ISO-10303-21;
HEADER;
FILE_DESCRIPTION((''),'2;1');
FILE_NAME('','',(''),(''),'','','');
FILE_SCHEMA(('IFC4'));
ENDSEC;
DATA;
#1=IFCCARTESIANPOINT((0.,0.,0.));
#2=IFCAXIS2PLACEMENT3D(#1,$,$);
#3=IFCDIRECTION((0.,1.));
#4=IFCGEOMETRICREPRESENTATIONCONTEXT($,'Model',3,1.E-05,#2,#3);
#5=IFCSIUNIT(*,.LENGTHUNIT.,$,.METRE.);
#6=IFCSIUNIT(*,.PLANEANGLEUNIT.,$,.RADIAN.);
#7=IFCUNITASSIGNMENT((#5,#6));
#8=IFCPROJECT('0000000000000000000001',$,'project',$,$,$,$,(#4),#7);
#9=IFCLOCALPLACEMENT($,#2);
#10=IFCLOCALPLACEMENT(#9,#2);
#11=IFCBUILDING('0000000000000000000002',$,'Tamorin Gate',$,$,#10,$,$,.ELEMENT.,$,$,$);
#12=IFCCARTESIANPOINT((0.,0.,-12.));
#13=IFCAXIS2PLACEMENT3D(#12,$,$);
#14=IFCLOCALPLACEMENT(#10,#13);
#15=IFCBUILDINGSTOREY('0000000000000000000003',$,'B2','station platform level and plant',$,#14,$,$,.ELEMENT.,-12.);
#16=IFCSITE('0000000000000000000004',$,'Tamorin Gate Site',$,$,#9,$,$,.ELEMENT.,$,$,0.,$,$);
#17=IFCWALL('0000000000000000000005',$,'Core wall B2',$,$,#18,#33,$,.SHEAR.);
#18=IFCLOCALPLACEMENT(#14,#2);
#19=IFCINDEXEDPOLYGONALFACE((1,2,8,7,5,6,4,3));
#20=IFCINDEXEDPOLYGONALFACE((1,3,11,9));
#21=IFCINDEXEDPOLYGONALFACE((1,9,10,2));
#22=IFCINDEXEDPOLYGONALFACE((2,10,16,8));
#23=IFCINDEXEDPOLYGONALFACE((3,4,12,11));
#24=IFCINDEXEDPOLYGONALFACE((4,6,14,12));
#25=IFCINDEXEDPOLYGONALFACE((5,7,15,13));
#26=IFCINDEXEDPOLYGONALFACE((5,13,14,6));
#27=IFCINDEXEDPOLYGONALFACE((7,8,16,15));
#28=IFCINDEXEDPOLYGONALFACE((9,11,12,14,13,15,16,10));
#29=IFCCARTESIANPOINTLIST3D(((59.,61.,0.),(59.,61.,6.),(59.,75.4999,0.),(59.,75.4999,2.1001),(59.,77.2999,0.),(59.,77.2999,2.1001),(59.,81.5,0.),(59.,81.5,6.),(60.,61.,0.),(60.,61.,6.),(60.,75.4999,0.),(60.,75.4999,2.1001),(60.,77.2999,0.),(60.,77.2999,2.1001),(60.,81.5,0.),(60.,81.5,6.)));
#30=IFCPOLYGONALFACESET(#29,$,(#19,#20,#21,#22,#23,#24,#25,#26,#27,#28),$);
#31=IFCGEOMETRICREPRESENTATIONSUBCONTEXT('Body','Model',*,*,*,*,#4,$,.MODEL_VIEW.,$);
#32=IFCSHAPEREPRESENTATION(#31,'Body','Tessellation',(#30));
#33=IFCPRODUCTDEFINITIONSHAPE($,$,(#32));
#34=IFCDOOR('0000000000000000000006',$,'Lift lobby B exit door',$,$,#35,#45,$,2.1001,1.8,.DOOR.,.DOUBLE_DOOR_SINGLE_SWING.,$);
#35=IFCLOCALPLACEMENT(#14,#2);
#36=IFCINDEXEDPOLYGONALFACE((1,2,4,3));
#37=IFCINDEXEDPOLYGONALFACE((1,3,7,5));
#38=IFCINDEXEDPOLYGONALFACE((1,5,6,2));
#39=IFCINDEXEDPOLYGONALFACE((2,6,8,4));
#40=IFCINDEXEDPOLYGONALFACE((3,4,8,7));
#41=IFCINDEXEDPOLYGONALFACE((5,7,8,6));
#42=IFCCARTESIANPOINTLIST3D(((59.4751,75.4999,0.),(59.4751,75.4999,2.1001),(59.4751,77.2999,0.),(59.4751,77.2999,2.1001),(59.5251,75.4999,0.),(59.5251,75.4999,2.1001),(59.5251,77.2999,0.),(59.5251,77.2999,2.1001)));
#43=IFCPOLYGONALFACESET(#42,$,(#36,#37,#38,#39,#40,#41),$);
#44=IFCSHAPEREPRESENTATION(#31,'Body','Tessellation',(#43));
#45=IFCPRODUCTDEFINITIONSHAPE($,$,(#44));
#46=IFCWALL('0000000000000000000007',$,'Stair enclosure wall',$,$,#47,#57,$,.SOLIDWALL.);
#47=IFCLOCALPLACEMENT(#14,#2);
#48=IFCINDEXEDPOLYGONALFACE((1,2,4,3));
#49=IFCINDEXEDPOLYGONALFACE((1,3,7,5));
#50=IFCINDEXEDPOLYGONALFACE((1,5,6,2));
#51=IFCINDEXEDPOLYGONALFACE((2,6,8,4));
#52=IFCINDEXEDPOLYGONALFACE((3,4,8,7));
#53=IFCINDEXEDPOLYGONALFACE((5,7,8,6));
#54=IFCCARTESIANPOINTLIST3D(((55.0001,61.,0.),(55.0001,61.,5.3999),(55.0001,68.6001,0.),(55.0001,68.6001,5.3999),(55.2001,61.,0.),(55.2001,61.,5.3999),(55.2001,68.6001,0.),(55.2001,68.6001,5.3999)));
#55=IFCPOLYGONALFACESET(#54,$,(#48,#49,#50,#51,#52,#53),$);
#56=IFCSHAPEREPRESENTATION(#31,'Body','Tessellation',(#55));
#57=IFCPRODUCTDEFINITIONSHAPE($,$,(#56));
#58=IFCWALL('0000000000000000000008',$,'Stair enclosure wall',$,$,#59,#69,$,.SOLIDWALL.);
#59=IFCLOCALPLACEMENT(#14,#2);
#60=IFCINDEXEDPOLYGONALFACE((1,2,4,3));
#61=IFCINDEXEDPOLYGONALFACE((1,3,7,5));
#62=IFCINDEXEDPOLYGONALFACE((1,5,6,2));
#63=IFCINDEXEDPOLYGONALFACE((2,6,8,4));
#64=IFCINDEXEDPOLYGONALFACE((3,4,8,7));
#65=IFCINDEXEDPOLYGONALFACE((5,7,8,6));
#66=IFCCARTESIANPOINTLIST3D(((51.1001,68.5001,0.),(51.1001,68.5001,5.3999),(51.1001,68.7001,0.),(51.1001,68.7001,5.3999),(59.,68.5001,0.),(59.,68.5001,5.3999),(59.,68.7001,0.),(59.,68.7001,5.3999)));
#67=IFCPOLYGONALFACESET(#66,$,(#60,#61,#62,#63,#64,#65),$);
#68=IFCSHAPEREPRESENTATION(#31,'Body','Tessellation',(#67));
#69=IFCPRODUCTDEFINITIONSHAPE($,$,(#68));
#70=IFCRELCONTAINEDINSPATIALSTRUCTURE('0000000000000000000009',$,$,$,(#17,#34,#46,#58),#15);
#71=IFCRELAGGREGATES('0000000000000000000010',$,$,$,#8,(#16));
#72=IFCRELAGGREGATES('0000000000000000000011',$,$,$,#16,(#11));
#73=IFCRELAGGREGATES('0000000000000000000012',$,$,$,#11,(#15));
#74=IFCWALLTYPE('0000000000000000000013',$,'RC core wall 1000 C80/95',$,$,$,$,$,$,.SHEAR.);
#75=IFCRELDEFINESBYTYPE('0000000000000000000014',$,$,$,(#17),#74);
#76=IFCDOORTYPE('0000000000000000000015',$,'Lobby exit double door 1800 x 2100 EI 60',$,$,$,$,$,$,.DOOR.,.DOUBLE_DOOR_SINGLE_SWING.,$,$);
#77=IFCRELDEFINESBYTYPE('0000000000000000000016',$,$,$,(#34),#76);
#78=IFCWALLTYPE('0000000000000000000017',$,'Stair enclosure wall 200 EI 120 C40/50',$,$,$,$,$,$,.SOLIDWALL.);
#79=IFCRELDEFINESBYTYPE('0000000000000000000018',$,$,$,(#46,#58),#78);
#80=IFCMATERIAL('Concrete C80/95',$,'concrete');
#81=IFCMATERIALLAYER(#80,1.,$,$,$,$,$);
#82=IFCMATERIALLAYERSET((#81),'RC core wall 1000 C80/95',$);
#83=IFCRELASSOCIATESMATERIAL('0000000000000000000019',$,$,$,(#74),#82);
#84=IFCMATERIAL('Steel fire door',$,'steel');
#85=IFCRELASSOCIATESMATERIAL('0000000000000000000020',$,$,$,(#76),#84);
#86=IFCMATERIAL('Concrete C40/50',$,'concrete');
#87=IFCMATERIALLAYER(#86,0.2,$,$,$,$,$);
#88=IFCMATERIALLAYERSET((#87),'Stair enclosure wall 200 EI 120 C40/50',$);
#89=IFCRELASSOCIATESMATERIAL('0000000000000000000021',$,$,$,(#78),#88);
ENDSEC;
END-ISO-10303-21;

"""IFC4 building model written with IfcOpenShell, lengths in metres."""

from ifc_helpers import new_model, si_unit, direction, frame, frame_2d, origin, place, context, subcontext, project, spatial, rectangle, extrude, material, layer, layer_set, type_object, element, fill, save


model = new_model("IFC4")

# Units and contexts
model_context = context("Model", 3, precision=1e-05, world=origin(), true_north=direction((0.0, 1.0)))
body_context = subcontext(model_context, "Body", "Model", "MODEL_VIEW")
ifc_project = project(units=[si_unit("LENGTHUNIT", "METRE"), si_unit("PLANEANGLEUNIT", "RADIAN")], contexts=[model_context])

# Site, building, storey
site_placement = place(None, origin())
site = spatial("IfcSite", under=ifc_project, at=site_placement, Name="Tamorin Gate Site", CompositionType="ELEMENT", RefElevation=0.0)
building_placement = place(site_placement, origin())
building = spatial("IfcBuilding", under=site, at=building_placement, Name="Tamorin Gate", CompositionType="ELEMENT")
storey_placement = place(building_placement, frame((0.0, 0.0, -12.0)))
storey = spatial("IfcBuildingStorey", under=building, at=storey_placement, Name="B2", Description="station platform level and plant", CompositionType="ELEMENT", Elevation=-12.0)

# Shared definitions
ifc_material_1 = material(Name="Concrete C40/50", Category="concrete")

# Shared definitions
ifc_material_2 = material(Name="Concrete C80/95", Category="concrete")

# Wall, opening, door
ifc_layer_1 = layer(ifc_material_2, 1.0)
ifc_layer_set_1 = layer_set([ifc_layer_1], Name="RC core wall 1000 C80/95")
wall_type_1 = type_object("IfcWallType", Name="RC core wall 1000 C80/95", PredefinedType="SHEAR", material=ifc_layer_set_1)
wall_1_placement = place(storey_placement, frame((59.5, 61.0, 0.0), z_axis=(0.0, 0.0, 1.0), x_axis=(0.0, 1.0, 0.0)))
wall_1 = element("IfcWall", 1, at=wall_1_placement, inside=storey, type_object=wall_type_1, Name="Core wall B2", PredefinedType="SHEAR", context=body_context, shape_type="SweptSolid", body=[
    extrude(rectangle(XDim=20.5, YDim=1.0, at=frame_2d((10.25, 0.0))), origin(), (0.0, 0.0, 1.0), 6.0),
])
opening_1_placement = place(wall_1_placement, frame((14.5, 0.0, 0.0)))
opening_1 = element("IfcOpeningElement", 2, at=opening_1_placement, cuts=wall_1, PredefinedType="OPENING", context=body_context, shape_type="SweptSolid", body=[
    extrude(rectangle(XDim=1.8, YDim=2.1001, at=frame_2d((0.8999, 1.05))), frame((0.0, 0.51, 0.0), z_axis=(0.0, -1.0, 0.0), x_axis=(1.0, 0.0, 0.0)), (0.0, 0.0, 1.0), 1.02),
])
ifc_material_3 = material(Name="Steel fire door", Category="steel")
door_type_1 = type_object("IfcDoorType", Name="Lobby exit double door 1800 x 2100 EI 60", OperationType="DOUBLE_DOOR_SINGLE_SWING", PredefinedType="DOOR", material=ifc_material_3)
door_1_placement = place(opening_1_placement, origin())
door_1 = element("IfcDoor", 3, at=door_1_placement, inside=storey, type_object=door_type_1, Name="Lift lobby B exit door", OperationType="DOUBLE_DOOR_SINGLE_SWING", OverallHeight=2.1001, OverallWidth=1.8, PredefinedType="DOOR", context=body_context, shape_type="SweptSolid", body=[
    extrude(rectangle(XDim=1.8, YDim=2.1001, at=frame_2d((0.8999, 1.05))), frame((0.0, 0.0249, 0.0), z_axis=(0.0, -1.0, 0.0), x_axis=(1.0, 0.0, 0.0)), (0.0, 0.0, 1.0), 0.05),
])
fill(opening_1, door_1)

# Walls
ifc_layer_2 = layer(ifc_material_1, 0.2)
ifc_layer_set_2 = layer_set([ifc_layer_2], Name="Stair enclosure wall 200 EI 120 C40/50")
wall_type_2 = type_object("IfcWallType", Name="Stair enclosure wall 200 EI 120 C40/50", PredefinedType="SOLIDWALL", material=ifc_layer_set_2)
wall_2_placement = place(storey_placement, frame((55.1001, 61.0, 0.0), z_axis=(0.0, 0.0, 1.0), x_axis=(0.0, 1.0, 0.0)))
element("IfcWall", 4, at=wall_2_placement, inside=storey, type_object=wall_type_2, Name="Stair enclosure wall", PredefinedType="SOLIDWALL", context=body_context, shape_type="SweptSolid", body=[
    extrude(rectangle(XDim=7.6001, YDim=0.2, at=frame_2d((3.8, 0.0))), origin(), (0.0, 0.0, 1.0), 5.3999),
])
wall_3_placement = place(storey_placement, frame((51.1001, 68.6001, 0.0), z_axis=(0.0, 0.0, 1.0), x_axis=(1.0, 0.0, 0.0)))
element("IfcWall", 5, at=wall_3_placement, inside=storey, type_object=wall_type_2, Name="Stair enclosure wall", PredefinedType="SOLIDWALL", context=body_context, shape_type="SweptSolid", body=[
    extrude(rectangle(XDim=7.8999, YDim=0.2, at=frame_2d((3.95, 0.0))), origin(), (0.0, 0.0, 1.0), 5.3999),
])

save(model, "model.ifc")
